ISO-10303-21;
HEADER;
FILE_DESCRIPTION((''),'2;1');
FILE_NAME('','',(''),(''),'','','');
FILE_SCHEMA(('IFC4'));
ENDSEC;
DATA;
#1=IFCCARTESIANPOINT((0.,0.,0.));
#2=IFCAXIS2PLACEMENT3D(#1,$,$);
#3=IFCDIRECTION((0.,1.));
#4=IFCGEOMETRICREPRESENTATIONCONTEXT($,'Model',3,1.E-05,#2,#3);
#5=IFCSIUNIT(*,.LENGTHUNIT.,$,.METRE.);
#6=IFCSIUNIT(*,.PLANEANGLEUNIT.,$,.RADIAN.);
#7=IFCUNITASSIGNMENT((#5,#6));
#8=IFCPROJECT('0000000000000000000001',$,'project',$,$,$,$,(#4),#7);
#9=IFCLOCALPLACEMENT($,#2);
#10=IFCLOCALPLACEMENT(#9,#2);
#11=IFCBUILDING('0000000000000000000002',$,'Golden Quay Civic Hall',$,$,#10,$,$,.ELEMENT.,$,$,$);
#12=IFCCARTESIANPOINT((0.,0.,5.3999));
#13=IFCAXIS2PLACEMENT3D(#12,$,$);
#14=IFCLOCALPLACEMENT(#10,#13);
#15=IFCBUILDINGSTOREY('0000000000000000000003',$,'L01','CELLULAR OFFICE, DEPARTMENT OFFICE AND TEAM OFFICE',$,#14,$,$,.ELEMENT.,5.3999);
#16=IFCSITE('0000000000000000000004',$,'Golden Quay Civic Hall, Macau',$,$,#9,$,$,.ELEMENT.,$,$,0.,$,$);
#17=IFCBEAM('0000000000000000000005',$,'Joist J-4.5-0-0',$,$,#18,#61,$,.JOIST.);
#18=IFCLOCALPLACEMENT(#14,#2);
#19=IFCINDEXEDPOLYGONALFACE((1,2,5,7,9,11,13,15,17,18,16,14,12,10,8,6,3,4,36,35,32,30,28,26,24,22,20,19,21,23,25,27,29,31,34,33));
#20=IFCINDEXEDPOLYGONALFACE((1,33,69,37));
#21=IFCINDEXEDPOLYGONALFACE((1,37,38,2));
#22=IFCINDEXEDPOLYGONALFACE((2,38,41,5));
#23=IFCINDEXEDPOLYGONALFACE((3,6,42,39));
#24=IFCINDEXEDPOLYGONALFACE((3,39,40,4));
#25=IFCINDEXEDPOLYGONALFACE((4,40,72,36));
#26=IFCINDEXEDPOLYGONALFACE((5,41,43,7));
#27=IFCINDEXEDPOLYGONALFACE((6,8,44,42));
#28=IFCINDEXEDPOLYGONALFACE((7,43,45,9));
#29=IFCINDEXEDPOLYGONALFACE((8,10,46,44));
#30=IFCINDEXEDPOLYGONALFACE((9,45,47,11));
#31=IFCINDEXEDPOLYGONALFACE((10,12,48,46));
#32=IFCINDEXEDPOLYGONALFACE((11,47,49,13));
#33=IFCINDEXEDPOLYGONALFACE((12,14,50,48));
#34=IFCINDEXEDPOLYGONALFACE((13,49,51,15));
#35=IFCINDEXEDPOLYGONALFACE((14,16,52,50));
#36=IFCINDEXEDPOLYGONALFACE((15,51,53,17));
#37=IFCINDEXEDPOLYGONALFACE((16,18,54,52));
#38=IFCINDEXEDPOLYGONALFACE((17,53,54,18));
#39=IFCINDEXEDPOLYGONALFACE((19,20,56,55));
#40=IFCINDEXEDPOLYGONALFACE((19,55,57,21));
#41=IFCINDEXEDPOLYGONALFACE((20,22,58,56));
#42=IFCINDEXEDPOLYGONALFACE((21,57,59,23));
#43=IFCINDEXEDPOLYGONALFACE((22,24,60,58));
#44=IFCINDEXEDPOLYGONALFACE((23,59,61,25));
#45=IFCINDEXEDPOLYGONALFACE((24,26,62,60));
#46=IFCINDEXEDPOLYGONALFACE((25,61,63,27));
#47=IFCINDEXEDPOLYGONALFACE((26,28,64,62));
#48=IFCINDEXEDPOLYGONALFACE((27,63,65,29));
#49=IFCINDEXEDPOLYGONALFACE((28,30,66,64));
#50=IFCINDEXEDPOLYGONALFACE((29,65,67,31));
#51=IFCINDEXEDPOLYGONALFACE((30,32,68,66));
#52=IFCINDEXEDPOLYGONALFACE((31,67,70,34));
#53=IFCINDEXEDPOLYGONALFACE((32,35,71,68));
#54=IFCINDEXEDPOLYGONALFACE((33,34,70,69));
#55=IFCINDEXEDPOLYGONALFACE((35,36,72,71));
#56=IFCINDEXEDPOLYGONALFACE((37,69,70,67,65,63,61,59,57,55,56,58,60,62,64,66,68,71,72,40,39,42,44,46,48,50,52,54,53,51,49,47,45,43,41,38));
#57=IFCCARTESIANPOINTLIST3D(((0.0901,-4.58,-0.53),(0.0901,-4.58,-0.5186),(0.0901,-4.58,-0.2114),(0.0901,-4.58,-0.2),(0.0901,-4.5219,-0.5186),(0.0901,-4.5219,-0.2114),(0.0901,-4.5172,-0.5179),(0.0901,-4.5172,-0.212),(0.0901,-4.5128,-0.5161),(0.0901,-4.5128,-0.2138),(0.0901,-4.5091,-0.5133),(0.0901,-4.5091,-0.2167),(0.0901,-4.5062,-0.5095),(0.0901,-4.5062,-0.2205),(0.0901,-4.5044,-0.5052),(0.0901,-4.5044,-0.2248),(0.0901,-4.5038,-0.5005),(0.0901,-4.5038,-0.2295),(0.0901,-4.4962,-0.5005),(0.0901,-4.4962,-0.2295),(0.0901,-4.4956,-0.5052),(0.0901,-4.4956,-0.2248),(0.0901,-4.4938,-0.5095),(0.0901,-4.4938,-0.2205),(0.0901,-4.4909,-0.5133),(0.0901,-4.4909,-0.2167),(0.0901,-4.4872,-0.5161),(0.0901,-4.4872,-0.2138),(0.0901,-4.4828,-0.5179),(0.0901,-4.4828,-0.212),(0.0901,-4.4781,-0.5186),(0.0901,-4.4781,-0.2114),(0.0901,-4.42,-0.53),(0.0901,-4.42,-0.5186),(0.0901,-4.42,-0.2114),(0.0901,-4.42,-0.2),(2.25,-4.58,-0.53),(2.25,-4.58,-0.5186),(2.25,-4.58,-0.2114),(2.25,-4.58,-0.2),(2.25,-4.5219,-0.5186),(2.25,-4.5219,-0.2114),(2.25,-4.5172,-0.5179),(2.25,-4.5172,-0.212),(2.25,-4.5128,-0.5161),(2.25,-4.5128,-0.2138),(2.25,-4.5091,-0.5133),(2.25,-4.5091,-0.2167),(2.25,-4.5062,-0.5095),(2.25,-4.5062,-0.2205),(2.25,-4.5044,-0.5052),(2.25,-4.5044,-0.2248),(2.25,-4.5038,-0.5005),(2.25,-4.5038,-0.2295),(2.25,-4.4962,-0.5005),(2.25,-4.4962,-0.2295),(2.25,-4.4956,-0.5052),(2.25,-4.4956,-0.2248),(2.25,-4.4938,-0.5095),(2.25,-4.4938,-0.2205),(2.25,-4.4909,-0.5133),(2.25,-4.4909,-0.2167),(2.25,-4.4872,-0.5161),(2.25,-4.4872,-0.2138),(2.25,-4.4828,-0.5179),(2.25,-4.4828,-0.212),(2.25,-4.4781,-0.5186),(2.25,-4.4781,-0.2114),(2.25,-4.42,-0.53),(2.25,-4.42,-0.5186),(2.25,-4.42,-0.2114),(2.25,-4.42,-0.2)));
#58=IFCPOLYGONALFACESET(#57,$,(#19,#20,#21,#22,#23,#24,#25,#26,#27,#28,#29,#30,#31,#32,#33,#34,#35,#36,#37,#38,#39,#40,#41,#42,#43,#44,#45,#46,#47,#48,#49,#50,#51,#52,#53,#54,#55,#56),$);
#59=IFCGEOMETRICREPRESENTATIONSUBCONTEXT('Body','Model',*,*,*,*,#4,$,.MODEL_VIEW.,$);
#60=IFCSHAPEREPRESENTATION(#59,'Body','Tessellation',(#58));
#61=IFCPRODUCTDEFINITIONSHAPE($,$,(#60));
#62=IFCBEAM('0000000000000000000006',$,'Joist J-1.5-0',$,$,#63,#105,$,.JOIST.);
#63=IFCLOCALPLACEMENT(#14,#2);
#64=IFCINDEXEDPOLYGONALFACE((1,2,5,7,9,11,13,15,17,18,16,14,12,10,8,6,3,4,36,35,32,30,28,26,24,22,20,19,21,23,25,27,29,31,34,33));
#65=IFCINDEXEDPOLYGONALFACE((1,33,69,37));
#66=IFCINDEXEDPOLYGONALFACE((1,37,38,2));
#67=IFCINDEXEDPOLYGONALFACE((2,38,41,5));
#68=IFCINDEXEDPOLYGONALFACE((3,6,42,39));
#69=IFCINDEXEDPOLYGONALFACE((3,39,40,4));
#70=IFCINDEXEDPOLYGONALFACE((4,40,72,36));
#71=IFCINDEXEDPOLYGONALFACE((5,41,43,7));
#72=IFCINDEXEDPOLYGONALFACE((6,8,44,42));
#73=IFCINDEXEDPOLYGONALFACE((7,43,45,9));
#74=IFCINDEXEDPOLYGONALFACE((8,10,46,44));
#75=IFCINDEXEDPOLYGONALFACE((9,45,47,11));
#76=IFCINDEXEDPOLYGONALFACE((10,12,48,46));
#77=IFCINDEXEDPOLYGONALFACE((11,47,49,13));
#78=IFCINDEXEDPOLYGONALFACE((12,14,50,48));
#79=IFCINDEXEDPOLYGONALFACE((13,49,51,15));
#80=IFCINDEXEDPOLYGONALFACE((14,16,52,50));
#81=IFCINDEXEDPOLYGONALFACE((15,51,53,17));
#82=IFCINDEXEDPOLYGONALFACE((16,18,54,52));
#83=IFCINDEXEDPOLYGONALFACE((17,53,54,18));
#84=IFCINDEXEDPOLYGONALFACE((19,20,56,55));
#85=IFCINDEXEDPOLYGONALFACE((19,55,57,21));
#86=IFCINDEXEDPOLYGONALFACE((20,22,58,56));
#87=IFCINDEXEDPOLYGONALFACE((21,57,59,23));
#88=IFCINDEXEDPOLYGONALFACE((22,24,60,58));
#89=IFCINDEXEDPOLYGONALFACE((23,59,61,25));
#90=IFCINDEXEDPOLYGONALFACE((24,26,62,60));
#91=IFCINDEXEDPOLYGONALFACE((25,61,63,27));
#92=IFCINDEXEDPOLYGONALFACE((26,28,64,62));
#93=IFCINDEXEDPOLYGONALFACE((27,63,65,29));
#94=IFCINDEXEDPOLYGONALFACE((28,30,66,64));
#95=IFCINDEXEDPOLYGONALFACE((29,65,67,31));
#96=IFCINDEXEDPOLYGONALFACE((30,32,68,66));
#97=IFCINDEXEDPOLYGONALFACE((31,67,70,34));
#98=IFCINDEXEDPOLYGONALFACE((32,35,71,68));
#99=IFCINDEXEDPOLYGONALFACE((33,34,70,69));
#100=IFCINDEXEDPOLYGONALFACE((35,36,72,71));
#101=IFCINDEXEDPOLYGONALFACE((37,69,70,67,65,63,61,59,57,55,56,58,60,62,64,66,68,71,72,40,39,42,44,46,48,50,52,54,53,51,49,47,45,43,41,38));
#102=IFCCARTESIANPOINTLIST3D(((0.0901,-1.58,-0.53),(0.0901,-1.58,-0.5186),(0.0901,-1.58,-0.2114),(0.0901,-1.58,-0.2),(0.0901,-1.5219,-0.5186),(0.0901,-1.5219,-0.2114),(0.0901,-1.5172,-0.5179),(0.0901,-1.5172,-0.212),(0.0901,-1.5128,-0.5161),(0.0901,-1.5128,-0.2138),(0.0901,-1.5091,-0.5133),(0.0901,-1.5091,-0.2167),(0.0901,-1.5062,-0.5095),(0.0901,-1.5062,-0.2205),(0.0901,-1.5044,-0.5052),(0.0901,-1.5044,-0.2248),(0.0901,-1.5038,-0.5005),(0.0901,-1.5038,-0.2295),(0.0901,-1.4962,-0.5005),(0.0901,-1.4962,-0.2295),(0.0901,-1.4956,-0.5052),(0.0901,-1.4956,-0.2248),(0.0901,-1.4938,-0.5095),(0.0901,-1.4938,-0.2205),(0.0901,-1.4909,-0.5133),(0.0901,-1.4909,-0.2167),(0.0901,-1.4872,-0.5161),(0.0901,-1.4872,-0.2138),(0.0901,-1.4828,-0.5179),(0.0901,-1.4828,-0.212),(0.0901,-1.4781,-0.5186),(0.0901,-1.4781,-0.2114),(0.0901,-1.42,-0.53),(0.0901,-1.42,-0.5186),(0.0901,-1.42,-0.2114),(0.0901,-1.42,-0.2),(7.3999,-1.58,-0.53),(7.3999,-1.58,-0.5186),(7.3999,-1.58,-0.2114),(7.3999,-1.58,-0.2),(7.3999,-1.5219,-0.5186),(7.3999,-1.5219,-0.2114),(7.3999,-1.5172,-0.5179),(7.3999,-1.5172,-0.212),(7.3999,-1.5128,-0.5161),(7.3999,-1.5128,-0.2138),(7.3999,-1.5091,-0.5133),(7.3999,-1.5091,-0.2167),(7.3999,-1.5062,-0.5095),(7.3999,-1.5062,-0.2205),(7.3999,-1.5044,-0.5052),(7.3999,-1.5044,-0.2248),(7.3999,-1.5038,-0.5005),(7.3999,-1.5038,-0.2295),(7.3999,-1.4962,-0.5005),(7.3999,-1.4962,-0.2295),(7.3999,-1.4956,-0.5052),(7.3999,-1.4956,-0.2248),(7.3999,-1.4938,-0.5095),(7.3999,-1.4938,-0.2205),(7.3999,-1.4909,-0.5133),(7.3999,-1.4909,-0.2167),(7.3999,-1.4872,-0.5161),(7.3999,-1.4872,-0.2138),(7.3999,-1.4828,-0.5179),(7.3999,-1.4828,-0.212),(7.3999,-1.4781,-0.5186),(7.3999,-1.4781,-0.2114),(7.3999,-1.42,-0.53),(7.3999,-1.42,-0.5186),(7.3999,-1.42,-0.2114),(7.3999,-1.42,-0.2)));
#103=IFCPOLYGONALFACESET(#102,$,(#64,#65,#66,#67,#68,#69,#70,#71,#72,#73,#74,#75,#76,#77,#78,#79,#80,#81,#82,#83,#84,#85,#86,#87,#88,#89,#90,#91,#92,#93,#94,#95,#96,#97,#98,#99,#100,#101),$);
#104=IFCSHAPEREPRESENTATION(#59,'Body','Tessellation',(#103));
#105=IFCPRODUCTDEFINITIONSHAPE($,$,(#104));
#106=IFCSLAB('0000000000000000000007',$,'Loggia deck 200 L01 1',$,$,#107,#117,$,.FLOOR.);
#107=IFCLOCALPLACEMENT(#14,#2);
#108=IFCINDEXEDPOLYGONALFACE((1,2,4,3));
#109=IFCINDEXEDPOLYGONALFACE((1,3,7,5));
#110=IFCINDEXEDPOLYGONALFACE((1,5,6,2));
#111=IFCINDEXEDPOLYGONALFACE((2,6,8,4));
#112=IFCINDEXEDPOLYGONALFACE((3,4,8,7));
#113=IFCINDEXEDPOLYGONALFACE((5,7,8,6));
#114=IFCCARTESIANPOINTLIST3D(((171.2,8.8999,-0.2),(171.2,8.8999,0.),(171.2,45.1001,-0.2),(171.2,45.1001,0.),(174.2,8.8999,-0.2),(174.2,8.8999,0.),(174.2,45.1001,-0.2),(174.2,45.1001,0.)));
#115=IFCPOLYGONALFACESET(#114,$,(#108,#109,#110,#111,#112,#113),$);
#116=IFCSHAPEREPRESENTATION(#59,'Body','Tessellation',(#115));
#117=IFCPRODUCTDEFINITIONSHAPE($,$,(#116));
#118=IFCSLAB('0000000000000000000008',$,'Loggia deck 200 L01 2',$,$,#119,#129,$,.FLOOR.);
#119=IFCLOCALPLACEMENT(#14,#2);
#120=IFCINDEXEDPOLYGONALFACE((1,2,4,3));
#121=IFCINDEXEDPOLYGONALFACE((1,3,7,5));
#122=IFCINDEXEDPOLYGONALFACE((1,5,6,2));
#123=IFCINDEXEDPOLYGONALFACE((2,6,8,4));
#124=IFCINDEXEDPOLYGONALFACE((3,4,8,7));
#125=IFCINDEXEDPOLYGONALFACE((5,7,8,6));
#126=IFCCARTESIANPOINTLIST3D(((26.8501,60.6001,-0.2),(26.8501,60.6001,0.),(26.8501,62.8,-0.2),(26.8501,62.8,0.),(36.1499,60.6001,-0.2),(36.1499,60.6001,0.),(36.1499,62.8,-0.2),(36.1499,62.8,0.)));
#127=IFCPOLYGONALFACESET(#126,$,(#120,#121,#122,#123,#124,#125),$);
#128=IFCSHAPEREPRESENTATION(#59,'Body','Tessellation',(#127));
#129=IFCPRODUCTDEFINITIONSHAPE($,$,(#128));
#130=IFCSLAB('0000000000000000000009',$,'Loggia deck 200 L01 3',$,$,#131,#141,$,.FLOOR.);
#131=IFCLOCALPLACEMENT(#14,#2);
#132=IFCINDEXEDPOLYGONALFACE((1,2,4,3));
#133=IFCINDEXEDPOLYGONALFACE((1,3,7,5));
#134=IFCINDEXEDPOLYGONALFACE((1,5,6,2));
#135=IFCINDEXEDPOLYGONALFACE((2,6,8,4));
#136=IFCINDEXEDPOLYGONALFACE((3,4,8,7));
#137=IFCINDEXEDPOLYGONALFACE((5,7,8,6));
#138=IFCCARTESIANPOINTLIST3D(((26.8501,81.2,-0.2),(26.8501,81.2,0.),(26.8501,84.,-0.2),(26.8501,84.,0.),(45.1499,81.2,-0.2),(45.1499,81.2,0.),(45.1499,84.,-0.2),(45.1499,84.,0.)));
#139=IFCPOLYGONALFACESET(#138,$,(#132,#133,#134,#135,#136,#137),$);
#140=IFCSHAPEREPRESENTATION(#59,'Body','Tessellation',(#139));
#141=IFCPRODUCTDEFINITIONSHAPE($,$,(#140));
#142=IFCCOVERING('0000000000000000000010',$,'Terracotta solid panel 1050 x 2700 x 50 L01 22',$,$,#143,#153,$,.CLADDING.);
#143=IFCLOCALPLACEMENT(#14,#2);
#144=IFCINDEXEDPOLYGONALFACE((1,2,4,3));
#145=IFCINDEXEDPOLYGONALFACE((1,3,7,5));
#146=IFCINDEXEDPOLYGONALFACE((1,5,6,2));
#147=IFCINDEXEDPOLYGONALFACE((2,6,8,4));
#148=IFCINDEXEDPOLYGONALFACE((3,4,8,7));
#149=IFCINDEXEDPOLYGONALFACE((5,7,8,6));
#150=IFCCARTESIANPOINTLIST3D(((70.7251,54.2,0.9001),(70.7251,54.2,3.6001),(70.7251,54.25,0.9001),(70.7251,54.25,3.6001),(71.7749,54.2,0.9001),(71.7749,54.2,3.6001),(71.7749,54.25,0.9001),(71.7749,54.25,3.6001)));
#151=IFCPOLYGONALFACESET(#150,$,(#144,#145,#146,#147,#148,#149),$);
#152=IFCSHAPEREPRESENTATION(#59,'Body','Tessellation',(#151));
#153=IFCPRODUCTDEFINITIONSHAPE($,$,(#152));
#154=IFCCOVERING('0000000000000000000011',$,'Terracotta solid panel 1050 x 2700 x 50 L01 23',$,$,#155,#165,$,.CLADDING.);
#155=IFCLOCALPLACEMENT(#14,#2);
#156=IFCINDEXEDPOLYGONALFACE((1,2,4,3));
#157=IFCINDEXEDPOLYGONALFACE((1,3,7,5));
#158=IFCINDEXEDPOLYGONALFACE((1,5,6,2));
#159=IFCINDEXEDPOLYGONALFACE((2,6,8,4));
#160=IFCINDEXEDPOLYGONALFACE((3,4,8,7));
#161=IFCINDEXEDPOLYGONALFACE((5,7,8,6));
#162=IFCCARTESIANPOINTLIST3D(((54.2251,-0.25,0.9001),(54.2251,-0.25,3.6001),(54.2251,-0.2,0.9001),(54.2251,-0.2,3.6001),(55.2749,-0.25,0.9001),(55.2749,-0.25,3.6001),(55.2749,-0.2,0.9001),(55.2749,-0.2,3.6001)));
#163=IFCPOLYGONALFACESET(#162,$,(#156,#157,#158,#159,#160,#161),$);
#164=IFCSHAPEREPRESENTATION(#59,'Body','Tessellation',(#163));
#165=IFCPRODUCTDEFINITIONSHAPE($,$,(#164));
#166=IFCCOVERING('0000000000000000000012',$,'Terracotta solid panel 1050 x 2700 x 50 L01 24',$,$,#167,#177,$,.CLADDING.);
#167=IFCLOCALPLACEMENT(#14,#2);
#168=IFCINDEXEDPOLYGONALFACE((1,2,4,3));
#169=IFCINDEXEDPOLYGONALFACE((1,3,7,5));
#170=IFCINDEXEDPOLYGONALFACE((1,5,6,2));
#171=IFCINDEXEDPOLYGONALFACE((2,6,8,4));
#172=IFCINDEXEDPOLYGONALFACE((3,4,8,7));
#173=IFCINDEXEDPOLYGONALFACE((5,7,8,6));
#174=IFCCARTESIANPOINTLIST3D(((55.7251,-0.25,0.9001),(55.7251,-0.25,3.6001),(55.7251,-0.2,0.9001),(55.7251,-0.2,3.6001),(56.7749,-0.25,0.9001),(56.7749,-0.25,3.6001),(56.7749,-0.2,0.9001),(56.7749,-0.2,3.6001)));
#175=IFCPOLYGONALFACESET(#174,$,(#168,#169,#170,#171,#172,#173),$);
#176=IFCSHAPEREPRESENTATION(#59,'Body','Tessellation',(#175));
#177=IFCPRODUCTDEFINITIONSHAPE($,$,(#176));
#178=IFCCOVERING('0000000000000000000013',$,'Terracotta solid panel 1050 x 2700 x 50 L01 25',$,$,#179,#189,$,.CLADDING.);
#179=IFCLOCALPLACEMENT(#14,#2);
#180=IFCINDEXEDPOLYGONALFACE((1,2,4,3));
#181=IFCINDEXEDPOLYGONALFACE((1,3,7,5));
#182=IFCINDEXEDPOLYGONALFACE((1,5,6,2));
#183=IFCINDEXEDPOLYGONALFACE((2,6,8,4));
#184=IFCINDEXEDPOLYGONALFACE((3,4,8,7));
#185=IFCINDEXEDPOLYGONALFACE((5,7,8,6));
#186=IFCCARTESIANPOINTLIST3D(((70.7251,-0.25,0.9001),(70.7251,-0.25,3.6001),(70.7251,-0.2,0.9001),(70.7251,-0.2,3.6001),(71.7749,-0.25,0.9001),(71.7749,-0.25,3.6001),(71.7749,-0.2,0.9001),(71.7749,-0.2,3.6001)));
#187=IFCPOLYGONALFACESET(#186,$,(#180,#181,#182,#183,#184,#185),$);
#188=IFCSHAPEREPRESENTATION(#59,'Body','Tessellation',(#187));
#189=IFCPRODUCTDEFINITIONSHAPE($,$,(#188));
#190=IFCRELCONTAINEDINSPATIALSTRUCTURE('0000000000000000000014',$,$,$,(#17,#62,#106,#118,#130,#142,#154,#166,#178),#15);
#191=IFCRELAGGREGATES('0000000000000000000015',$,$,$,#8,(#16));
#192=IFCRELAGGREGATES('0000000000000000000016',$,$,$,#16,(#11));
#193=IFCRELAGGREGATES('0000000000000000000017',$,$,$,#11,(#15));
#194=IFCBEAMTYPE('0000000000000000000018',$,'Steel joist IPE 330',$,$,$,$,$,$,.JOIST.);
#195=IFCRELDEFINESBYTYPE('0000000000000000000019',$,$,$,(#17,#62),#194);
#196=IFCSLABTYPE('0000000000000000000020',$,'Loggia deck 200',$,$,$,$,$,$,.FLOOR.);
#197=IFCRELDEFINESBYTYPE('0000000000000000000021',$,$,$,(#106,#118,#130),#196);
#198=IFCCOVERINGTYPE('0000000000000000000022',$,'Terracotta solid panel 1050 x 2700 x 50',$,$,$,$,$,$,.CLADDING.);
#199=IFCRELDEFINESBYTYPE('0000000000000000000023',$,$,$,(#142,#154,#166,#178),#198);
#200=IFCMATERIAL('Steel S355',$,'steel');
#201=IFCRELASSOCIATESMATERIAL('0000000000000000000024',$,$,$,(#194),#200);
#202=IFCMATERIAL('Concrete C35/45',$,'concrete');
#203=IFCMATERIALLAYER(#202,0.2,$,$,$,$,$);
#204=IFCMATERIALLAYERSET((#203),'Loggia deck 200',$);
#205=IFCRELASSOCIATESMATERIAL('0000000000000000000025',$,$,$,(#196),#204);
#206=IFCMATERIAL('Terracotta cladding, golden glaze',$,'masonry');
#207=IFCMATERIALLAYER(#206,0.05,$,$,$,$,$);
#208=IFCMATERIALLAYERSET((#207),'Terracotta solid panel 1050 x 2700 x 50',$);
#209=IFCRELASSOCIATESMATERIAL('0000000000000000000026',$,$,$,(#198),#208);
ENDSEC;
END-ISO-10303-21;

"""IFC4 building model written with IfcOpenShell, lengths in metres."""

from ifc_helpers import new_model, si_unit, direction, frame, origin, origin_2d, place, context, subcontext, project, spatial, polyline, i_section, outline, extrude, material, layer, layer_set, material_profile, profile_set, type_object, element, save


model = new_model("IFC4")

# Units and contexts
model_context = context("Model", 3, precision=1e-05, world=origin(), true_north=direction((0.0, 1.0)))
body_context = subcontext(model_context, "Body", "Model", "MODEL_VIEW")
ifc_project = project(units=[si_unit("LENGTHUNIT", "METRE"), si_unit("PLANEANGLEUNIT", "RADIAN")], contexts=[model_context])

# Site, building, storey
site_placement = place(None, origin())
site = spatial("IfcSite", under=ifc_project, at=site_placement, Name="Golden Quay Civic Hall, Macau", CompositionType="ELEMENT", RefElevation=0.0)
building_placement = place(site_placement, origin())
building = spatial("IfcBuilding", under=site, at=building_placement, Name="Golden Quay Civic Hall", CompositionType="ELEMENT")
storey_placement = place(building_placement, frame((0.0, 0.0, 5.3999)))
storey = spatial("IfcBuildingStorey", under=building, at=storey_placement, Name="L01", Description="CELLULAR OFFICE, DEPARTMENT OFFICE AND TEAM OFFICE", CompositionType="ELEMENT", Elevation=5.3999)

# Beams
ifc_material_1 = material(Name="Steel S355", Category="steel")
ifc_material_profile = material_profile(ifc_material_1, i_section(OverallWidth=0.1599, OverallDepth=0.3301, WebThickness=0.0076, FlangeThickness=0.0115, FilletRadius=0.0181, at=origin_2d()), Name="IPE 330")
ifc_profile_set = profile_set([ifc_material_profile], Name="Steel S355")
beam_type = type_object("IfcBeamType", Name="Steel joist IPE 330", PredefinedType="JOIST", material=ifc_profile_set)
beam_1_placement = place(storey_placement, frame((0.0901, -4.5, -0.365), z_axis=(1.0, 0.0, 0.0), x_axis=(0.0, 1.0, 0.0)))
element("IfcBeam", 1, at=beam_1_placement, inside=storey, type_object=beam_type, Name="Joist J-4.5-0-0", PredefinedType="JOIST", context=body_context, shape_type="SweptSolid", body=[
    extrude(i_section(OverallWidth=0.1599, OverallDepth=0.3301, WebThickness=0.0076, FlangeThickness=0.0115, FilletRadius=0.0181, at=origin_2d()), origin(), (0.0, 0.0, 1.0), 2.1599),
])
beam_2_placement = place(storey_placement, frame((0.0901, -1.5, -0.365), z_axis=(1.0, 0.0, 0.0), x_axis=(0.0, 1.0, 0.0)))
element("IfcBeam", 2, at=beam_2_placement, inside=storey, type_object=beam_type, Name="Joist J-1.5-0", PredefinedType="JOIST", context=body_context, shape_type="SweptSolid", body=[
    extrude(i_section(OverallWidth=0.1599, OverallDepth=0.3301, WebThickness=0.0076, FlangeThickness=0.0115, FilletRadius=0.0181, at=origin_2d()), origin(), (0.0, 0.0, 1.0), 7.3098),
])

# Slabs
ifc_material_2 = material(Name="Concrete C35/45", Category="concrete")
ifc_layer_1 = layer(ifc_material_2, 0.2)
ifc_layer_set_1 = layer_set([ifc_layer_1], Name="Loggia deck 200")
slab_type = type_object("IfcSlabType", Name="Loggia deck 200", PredefinedType="FLOOR", material=ifc_layer_set_1)
slab_1_placement = place(storey_placement, frame((0.0, 0.0, -0.2)))
element("IfcSlab", 3, at=slab_1_placement, inside=storey, type_object=slab_type, Name="Loggia deck 200 L01 1", PredefinedType="FLOOR", context=body_context, shape_type="SweptSolid", body=[
    extrude(outline(polyline([(171.2, 8.8999), (171.2, 45.1001), (174.2, 45.1001), (174.2, 8.8999), (171.2, 8.8999)])), origin(), (0.0, 0.0, 1.0), 0.2),
])
slab_2_placement = place(storey_placement, frame((0.0, 0.0, -0.2)))
element("IfcSlab", 4, at=slab_2_placement, inside=storey, type_object=slab_type, Name="Loggia deck 200 L01 2", PredefinedType="FLOOR", context=body_context, shape_type="SweptSolid", body=[
    extrude(outline(polyline([(26.8501, 62.8), (36.1499, 62.8), (36.1499, 60.6001), (26.8501, 60.6001), (26.8501, 62.8)])), origin(), (0.0, 0.0, 1.0), 0.2),
])
slab_3_placement = place(storey_placement, frame((0.0, 0.0, -0.2)))
element("IfcSlab", 5, at=slab_3_placement, inside=storey, type_object=slab_type, Name="Loggia deck 200 L01 3", PredefinedType="FLOOR", context=body_context, shape_type="SweptSolid", body=[
    extrude(outline(polyline([(26.8501, 81.2), (45.1499, 81.2), (45.1499, 84.0), (26.8501, 84.0), (26.8501, 81.2)])), origin(), (0.0, 0.0, 1.0), 0.2),
])

# Coverings
ifc_material_3 = material(Name="Terracotta cladding, golden glaze", Category="masonry")
ifc_layer_2 = layer(ifc_material_3, 0.05)
ifc_layer_set_2 = layer_set([ifc_layer_2], Name="Terracotta solid panel 1050 x 2700 x 50")
covering_type_1 = type_object("IfcCoveringType", Name="Terracotta solid panel 1050 x 2700 x 50", PredefinedType="CLADDING", material=ifc_layer_set_2)
covering_1_placement = place(storey_placement, frame((0.0, 0.0, 0.9001)))
element("IfcCovering", 6, at=covering_1_placement, inside=storey, type_object=covering_type_1, Name="Terracotta solid panel 1050 x 2700 x 50 L01 22", PredefinedType="CLADDING", context=body_context, shape_type="SweptSolid", body=[
    extrude(outline(polyline([(70.7251, 54.2), (71.7749, 54.2), (71.7749, 54.25), (70.7251, 54.25), (70.7251, 54.2)])), origin(), (0.0, 0.0, 1.0), 2.7),
])
covering_2_placement = place(storey_placement, frame((0.0, 0.0, 0.9001)))
element("IfcCovering", 7, at=covering_2_placement, inside=storey, type_object=covering_type_1, Name="Terracotta solid panel 1050 x 2700 x 50 L01 23", PredefinedType="CLADDING", context=body_context, shape_type="SweptSolid", body=[
    extrude(outline(polyline([(54.2251, -0.2), (55.2749, -0.2), (55.2749, -0.25), (54.2251, -0.25), (54.2251, -0.2)])), origin(), (0.0, 0.0, 1.0), 2.7),
])
covering_3_placement = place(storey_placement, frame((0.0, 0.0, 0.9001)))
element("IfcCovering", 8, at=covering_3_placement, inside=storey, type_object=covering_type_1, Name="Terracotta solid panel 1050 x 2700 x 50 L01 24", PredefinedType="CLADDING", context=body_context, shape_type="SweptSolid", body=[
    extrude(outline(polyline([(55.7251, -0.2), (56.7749, -0.2), (56.7749, -0.25), (55.7251, -0.25), (55.7251, -0.2)])), origin(), (0.0, 0.0, 1.0), 2.7),
])
covering_4_placement = place(storey_placement, frame((0.0, 0.0, 0.9001)))
element("IfcCovering", 9, at=covering_4_placement, inside=storey, type_object=covering_type_1, Name="Terracotta solid panel 1050 x 2700 x 50 L01 25", PredefinedType="CLADDING", context=body_context, shape_type="SweptSolid", body=[
    extrude(outline(polyline([(70.7251, -0.2), (71.7749, -0.2), (71.7749, -0.25), (70.7251, -0.25), (70.7251, -0.2)])), origin(), (0.0, 0.0, 1.0), 2.7),
])

save(model, "model.ifc")
